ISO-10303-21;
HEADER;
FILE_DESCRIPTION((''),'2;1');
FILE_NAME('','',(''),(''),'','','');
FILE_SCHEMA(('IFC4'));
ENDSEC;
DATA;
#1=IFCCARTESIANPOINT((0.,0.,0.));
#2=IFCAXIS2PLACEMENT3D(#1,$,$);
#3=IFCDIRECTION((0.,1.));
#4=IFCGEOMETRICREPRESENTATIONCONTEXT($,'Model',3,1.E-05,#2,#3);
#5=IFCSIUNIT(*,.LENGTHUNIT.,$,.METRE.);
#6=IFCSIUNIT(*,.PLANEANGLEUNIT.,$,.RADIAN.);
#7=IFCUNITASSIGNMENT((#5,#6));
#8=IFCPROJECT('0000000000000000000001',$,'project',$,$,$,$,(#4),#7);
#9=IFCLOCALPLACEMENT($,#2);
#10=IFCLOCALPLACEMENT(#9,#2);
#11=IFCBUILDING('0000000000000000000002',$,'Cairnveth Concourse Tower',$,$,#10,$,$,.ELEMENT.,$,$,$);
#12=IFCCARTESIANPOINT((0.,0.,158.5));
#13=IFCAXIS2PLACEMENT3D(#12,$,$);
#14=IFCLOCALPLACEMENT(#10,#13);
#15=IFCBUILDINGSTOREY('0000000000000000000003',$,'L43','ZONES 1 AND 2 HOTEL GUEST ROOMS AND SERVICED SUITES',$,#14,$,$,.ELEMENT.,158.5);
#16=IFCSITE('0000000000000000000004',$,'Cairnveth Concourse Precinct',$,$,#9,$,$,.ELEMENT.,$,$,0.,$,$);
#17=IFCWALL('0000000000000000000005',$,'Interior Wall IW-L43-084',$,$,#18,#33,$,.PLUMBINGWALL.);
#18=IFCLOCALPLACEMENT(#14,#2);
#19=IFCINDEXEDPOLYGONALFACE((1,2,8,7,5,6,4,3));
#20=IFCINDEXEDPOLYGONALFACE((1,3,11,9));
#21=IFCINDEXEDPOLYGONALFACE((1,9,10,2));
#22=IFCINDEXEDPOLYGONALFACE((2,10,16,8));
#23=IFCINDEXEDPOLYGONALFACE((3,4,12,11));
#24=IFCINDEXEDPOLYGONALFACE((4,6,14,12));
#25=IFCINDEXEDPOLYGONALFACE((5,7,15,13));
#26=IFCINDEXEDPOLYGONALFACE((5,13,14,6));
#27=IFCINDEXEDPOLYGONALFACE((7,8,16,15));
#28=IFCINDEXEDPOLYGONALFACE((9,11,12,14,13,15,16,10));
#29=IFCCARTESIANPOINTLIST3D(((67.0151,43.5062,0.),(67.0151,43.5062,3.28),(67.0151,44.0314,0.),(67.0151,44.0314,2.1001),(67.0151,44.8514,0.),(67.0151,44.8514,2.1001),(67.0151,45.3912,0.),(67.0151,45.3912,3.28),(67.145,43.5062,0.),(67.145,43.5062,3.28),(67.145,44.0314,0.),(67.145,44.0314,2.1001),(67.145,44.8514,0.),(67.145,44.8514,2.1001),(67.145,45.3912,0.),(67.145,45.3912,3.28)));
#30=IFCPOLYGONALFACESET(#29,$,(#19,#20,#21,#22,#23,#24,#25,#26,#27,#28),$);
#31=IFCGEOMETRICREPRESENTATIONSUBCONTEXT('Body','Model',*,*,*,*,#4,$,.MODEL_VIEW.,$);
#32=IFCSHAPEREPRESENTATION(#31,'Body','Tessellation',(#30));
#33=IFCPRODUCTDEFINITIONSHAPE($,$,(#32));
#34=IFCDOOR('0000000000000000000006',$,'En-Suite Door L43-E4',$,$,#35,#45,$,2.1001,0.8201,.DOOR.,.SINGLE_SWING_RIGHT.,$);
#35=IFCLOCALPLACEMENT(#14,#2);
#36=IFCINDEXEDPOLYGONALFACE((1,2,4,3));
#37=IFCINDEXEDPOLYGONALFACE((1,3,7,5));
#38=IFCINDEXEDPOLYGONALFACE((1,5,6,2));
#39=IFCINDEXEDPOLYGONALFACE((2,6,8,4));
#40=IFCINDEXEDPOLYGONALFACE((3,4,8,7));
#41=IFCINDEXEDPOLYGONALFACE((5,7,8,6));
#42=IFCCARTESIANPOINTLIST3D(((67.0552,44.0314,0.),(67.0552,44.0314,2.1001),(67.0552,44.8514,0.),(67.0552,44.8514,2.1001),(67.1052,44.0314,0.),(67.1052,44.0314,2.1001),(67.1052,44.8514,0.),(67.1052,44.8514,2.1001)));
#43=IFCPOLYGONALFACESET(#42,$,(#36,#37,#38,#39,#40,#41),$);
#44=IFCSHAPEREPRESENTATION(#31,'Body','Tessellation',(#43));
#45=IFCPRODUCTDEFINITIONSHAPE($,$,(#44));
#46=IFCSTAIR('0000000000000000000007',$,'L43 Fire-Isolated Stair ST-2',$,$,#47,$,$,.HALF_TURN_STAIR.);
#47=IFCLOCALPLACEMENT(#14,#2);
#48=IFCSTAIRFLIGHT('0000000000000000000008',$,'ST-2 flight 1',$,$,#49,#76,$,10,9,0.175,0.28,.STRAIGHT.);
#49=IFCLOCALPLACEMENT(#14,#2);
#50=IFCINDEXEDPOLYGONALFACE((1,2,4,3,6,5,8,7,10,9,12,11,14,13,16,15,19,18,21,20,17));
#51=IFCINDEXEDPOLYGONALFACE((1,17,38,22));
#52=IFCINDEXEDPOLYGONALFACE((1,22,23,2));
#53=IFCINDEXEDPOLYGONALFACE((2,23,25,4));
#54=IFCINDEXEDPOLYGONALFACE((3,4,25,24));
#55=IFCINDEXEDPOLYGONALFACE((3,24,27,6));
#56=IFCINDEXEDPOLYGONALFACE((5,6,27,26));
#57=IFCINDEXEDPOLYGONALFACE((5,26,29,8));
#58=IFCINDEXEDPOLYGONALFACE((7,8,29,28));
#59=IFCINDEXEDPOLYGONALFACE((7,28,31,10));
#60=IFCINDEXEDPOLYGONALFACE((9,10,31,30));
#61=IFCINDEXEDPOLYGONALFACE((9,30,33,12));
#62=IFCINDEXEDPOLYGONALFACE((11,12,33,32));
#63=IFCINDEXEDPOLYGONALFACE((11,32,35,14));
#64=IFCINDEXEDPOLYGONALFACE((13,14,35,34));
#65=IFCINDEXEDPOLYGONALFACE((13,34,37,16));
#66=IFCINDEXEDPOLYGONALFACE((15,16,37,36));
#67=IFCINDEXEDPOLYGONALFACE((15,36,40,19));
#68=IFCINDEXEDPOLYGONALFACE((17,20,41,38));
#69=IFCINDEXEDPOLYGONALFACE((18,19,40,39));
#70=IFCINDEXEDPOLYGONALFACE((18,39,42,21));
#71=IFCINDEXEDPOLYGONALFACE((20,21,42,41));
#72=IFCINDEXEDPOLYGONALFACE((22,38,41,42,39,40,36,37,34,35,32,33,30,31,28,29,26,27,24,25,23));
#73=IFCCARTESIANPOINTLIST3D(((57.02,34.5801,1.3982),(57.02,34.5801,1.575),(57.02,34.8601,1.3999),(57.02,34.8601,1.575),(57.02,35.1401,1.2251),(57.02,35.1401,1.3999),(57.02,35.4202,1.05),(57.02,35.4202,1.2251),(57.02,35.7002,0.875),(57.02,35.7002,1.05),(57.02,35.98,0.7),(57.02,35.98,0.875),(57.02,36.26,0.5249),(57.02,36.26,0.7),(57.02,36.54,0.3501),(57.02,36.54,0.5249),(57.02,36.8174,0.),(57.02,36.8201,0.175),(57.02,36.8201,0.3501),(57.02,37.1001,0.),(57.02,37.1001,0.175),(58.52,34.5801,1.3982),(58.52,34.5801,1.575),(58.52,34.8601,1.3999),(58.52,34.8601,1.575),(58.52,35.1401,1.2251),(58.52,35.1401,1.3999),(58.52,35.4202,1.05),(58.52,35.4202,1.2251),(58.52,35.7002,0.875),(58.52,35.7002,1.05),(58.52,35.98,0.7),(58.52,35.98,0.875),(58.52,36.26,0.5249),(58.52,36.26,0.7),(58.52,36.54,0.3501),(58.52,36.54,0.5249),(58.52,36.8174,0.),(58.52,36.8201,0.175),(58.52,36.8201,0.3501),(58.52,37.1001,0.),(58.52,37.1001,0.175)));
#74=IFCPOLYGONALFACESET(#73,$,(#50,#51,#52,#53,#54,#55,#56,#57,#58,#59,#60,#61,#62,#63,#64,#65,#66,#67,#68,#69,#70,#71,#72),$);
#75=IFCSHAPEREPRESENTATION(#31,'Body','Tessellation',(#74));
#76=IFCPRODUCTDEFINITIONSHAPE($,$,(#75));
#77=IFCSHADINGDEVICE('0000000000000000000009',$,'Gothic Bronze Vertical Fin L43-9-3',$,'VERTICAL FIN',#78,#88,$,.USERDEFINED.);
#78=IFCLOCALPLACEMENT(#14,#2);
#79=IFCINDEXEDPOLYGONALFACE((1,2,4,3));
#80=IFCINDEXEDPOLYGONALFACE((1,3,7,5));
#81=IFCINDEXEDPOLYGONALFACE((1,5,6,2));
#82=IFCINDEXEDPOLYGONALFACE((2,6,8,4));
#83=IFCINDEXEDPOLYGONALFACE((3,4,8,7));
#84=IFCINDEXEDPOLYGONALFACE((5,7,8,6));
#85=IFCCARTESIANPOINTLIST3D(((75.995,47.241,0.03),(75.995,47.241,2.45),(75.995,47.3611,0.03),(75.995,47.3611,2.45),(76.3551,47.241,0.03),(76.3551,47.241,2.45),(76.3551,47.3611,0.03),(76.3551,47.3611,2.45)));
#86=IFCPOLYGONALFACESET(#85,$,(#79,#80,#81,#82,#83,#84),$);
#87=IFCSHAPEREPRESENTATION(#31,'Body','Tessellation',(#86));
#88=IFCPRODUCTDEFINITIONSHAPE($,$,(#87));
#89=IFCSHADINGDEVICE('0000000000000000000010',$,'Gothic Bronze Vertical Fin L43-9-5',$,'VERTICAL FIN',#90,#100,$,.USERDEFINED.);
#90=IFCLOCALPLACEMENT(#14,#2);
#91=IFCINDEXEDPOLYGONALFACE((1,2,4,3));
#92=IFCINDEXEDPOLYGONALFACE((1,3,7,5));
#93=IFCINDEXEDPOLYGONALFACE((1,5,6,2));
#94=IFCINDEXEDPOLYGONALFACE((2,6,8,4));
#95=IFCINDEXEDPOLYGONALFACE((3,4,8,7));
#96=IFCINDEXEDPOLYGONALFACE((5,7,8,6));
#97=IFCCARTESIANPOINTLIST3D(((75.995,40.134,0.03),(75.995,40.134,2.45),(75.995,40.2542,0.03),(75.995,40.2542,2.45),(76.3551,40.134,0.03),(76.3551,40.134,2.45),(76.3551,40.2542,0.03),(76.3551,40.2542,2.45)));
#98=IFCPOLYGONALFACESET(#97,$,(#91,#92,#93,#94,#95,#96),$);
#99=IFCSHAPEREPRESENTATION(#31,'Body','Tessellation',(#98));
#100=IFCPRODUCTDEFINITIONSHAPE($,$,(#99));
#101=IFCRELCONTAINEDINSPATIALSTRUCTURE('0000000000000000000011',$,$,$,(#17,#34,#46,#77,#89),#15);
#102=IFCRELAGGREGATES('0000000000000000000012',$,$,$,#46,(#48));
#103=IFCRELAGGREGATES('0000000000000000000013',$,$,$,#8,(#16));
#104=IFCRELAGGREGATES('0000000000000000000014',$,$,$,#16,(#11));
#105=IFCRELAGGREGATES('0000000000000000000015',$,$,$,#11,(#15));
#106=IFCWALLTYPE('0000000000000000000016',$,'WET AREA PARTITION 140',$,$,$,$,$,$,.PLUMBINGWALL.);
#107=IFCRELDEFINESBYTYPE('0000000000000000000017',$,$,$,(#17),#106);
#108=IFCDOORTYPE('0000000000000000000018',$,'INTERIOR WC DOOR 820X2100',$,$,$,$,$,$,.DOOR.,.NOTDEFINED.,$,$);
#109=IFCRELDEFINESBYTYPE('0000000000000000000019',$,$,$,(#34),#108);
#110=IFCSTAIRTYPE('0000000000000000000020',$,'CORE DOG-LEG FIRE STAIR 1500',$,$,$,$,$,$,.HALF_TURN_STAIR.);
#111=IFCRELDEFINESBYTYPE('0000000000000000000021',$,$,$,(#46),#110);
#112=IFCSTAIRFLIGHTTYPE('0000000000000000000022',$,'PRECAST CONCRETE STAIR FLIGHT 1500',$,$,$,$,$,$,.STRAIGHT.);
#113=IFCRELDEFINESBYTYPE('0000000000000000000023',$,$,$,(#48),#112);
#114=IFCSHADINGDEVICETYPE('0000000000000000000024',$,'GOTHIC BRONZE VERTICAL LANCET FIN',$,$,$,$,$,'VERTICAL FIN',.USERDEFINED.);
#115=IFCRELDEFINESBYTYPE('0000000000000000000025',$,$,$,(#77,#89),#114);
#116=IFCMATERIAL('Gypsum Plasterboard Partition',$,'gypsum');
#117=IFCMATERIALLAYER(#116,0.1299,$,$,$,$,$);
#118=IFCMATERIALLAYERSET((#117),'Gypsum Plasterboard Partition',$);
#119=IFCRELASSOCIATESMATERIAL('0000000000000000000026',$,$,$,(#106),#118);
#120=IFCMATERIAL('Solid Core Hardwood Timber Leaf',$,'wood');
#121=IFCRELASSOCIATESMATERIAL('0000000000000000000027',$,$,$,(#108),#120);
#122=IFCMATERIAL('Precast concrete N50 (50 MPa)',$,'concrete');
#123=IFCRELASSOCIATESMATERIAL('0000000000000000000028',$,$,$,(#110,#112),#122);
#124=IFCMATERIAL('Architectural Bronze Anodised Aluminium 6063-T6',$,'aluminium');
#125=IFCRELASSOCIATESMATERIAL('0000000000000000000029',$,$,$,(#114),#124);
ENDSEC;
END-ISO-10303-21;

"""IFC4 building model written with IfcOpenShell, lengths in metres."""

from ifc_helpers import new_model, si_unit, direction, frame, frame_2d, origin, origin_2d, place, context, subcontext, project, spatial, polyline, rectangle, outline, extrude, material, layer, layer_set, type_object, element, fill, aggregate, save


model = new_model("IFC4")

# Units and contexts
model_context = context("Model", 3, precision=1e-05, world=origin(), true_north=direction((0.0, 1.0)))
body_context = subcontext(model_context, "Body", "Model", "MODEL_VIEW")
ifc_project = project(units=[si_unit("LENGTHUNIT", "METRE"), si_unit("PLANEANGLEUNIT", "RADIAN")], contexts=[model_context])

# Site, building, storey
site_placement = place(None, origin())
site = spatial("IfcSite", under=ifc_project, at=site_placement, Name="Cairnveth Concourse Precinct", CompositionType="ELEMENT", RefElevation=0.0)
building_placement = place(site_placement, origin())
building = spatial("IfcBuilding", under=site, at=building_placement, Name="Cairnveth Concourse Tower", CompositionType="ELEMENT")
storey_placement = place(building_placement, frame((0.0, 0.0, 158.5)))
storey = spatial("IfcBuildingStorey", under=building, at=storey_placement, Name="L43", Description="ZONES 1 AND 2 HOTEL GUEST ROOMS AND SERVICED SUITES", CompositionType="ELEMENT", Elevation=158.5)

# Shared definitions
ifc_material_1 = material(Name="Gypsum Plasterboard Partition", Category="gypsum")

# Shared definitions
ifc_layer_1 = layer(ifc_material_1, 0.1299)
ifc_layer_set_1 = layer_set([ifc_layer_1], Name="Gypsum Plasterboard Partition")
wall_type_1 = type_object("IfcWallType", Name="WET AREA PARTITION 140", PredefinedType="PLUMBINGWALL", material=ifc_layer_set_1)

# Wall, opening, door
wall_1_placement = place(storey_placement, frame((67.0801, 43.5063, 0.0), z_axis=(0.0, 0.0, 1.0), x_axis=(0.0, 1.0, 0.0)))
wall_1 = element("IfcWall", 1, at=wall_1_placement, inside=storey, type_object=wall_type_1, Name="Interior Wall IW-L43-084", PredefinedType="PLUMBINGWALL", context=body_context, shape_type="SweptSolid", body=[
    extrude(rectangle(XDim=1.885, YDim=0.1299, at=frame_2d((0.9424, 0.0))), origin(), (0.0, 0.0, 1.0), 3.28),
])
opening_1_placement = place(wall_1_placement, frame((0.5249, 0.0, 0.0)))
opening_1 = element("IfcOpeningElement", 2, at=opening_1_placement, cuts=wall_1, PredefinedType="OPENING", context=body_context, shape_type="SweptSolid", body=[
    extrude(rectangle(XDim=0.8201, YDim=2.1001, at=frame_2d((0.4102, 1.05))), frame((0.0, 0.075, 0.0), z_axis=(0.0, -1.0, 0.0), x_axis=(1.0, 0.0, 0.0)), (0.0, 0.0, 1.0), 0.1499),
])
ifc_material_2 = material(Name="Solid Core Hardwood Timber Leaf", Category="wood")
door_type_1 = type_object("IfcDoorType", Name="INTERIOR WC DOOR 820X2100", OperationType="NOTDEFINED", PredefinedType="DOOR", material=ifc_material_2)
door_1_placement = place(opening_1_placement, origin())
door_1 = element("IfcDoor", 3, at=door_1_placement, inside=storey, type_object=door_type_1, Name="En-Suite Door L43-E4", OperationType="SINGLE_SWING_RIGHT", OverallHeight=2.1001, OverallWidth=0.8201, PredefinedType="DOOR", context=body_context, shape_type="SweptSolid", body=[
    extrude(rectangle(XDim=0.8201, YDim=2.1001, at=frame_2d((0.4102, 1.05))), frame((0.0, 0.0249, 0.0), z_axis=(0.0, -1.0, 0.0), x_axis=(1.0, 0.0, 0.0)), (0.0, 0.0, 1.0), 0.05),
])
fill(opening_1, door_1)

# Stair, stair flight
ifc_material_3 = material(Name="Precast concrete N50 (50 MPa)", Category="concrete")
stair_type = type_object("IfcStairType", Name="CORE DOG-LEG FIRE STAIR 1500", PredefinedType="HALF_TURN_STAIR", material=ifc_material_3)
stair_placement = place(storey_placement, origin())
stair = element("IfcStair", 4, at=stair_placement, inside=storey, type_object=stair_type, Name="L43 Fire-Isolated Stair ST-2", PredefinedType="HALF_TURN_STAIR")
stair_flight_type = type_object("IfcStairFlightType", Name="PRECAST CONCRETE STAIR FLIGHT 1500", PredefinedType="STRAIGHT", material=ifc_material_3)
stair_flight_placement = place(storey_placement, frame((57.77, 37.1001, 0.0), z_axis=(0.0, 0.0, 1.0), x_axis=(0.0, -1.0, 0.0)))
stair_flight = element("IfcStairFlight", 5, at=stair_flight_placement, type_object=stair_flight_type, Name="ST-2 flight 1", NumberOfRisers=10, NumberOfTreads=9, PredefinedType="STRAIGHT", RiserHeight=0.175, TreadLength=0.28, context=body_context, shape_type="SweptSolid", body=[
    extrude(outline(polyline([(0.0, 0.0), (0.0, 0.175), (0.28, 0.175), (0.28, 0.3501), (0.5601, 0.3501), (0.5601, 0.5249), (0.8401, 0.5249), (0.8401, 0.7), (1.1201, 0.7), (1.1201, 0.875), (1.3999, 0.875), (1.3999, 1.05), (1.6799, 1.05), (1.6799, 1.2251), (1.96, 1.2251), (1.96, 1.3999), (2.24, 1.3999), (2.24, 1.575), (2.52, 1.575), (2.52, 1.75), (2.52, 1.3982), (0.2827, 0.0), (0.0, 0.0)])), frame((0.0, 0.75, 0.0), z_axis=(0.0, -1.0, 0.0), x_axis=(1.0, 0.0, 0.0)), (0.0, 0.0, 1.0), 1.5),
])
aggregate(stair, [stair_flight])

# Shading devices
ifc_material_4 = material(Name="Architectural Bronze Anodised Aluminium 6063-T6", Category="aluminium")
shading_device_type = type_object("IfcShadingDeviceType", Name="GOTHIC BRONZE VERTICAL LANCET FIN", ElementType="VERTICAL FIN", PredefinedType="USERDEFINED", material=ifc_material_4)
for number, where, z_axis, x_axis, name in (
    (6, (76.175, 47.301, 0.03), (0.0, 0.0, 1.0), (0.0, 1.0, 0.0), "Gothic Bronze Vertical Fin L43-9-3"),
    (7, (76.175, 40.1941, 0.03), (0.0, 0.0, 1.0), (0.0, 1.0, 0.0), "Gothic Bronze Vertical Fin L43-9-5"),
):
    element("IfcShadingDevice", number, at=place(storey_placement, frame(where, z_axis=z_axis, x_axis=x_axis)), inside=storey, type_object=shading_device_type, Name=name, ObjectType="VERTICAL FIN", PredefinedType="USERDEFINED", context=body_context, shape_type="SweptSolid", body=[
        extrude(rectangle(XDim=0.1201, YDim=0.3601, at=origin_2d()), origin(), (0.0, 0.0, 1.0), 2.4199),
    ])

save(model, "model.ifc")
